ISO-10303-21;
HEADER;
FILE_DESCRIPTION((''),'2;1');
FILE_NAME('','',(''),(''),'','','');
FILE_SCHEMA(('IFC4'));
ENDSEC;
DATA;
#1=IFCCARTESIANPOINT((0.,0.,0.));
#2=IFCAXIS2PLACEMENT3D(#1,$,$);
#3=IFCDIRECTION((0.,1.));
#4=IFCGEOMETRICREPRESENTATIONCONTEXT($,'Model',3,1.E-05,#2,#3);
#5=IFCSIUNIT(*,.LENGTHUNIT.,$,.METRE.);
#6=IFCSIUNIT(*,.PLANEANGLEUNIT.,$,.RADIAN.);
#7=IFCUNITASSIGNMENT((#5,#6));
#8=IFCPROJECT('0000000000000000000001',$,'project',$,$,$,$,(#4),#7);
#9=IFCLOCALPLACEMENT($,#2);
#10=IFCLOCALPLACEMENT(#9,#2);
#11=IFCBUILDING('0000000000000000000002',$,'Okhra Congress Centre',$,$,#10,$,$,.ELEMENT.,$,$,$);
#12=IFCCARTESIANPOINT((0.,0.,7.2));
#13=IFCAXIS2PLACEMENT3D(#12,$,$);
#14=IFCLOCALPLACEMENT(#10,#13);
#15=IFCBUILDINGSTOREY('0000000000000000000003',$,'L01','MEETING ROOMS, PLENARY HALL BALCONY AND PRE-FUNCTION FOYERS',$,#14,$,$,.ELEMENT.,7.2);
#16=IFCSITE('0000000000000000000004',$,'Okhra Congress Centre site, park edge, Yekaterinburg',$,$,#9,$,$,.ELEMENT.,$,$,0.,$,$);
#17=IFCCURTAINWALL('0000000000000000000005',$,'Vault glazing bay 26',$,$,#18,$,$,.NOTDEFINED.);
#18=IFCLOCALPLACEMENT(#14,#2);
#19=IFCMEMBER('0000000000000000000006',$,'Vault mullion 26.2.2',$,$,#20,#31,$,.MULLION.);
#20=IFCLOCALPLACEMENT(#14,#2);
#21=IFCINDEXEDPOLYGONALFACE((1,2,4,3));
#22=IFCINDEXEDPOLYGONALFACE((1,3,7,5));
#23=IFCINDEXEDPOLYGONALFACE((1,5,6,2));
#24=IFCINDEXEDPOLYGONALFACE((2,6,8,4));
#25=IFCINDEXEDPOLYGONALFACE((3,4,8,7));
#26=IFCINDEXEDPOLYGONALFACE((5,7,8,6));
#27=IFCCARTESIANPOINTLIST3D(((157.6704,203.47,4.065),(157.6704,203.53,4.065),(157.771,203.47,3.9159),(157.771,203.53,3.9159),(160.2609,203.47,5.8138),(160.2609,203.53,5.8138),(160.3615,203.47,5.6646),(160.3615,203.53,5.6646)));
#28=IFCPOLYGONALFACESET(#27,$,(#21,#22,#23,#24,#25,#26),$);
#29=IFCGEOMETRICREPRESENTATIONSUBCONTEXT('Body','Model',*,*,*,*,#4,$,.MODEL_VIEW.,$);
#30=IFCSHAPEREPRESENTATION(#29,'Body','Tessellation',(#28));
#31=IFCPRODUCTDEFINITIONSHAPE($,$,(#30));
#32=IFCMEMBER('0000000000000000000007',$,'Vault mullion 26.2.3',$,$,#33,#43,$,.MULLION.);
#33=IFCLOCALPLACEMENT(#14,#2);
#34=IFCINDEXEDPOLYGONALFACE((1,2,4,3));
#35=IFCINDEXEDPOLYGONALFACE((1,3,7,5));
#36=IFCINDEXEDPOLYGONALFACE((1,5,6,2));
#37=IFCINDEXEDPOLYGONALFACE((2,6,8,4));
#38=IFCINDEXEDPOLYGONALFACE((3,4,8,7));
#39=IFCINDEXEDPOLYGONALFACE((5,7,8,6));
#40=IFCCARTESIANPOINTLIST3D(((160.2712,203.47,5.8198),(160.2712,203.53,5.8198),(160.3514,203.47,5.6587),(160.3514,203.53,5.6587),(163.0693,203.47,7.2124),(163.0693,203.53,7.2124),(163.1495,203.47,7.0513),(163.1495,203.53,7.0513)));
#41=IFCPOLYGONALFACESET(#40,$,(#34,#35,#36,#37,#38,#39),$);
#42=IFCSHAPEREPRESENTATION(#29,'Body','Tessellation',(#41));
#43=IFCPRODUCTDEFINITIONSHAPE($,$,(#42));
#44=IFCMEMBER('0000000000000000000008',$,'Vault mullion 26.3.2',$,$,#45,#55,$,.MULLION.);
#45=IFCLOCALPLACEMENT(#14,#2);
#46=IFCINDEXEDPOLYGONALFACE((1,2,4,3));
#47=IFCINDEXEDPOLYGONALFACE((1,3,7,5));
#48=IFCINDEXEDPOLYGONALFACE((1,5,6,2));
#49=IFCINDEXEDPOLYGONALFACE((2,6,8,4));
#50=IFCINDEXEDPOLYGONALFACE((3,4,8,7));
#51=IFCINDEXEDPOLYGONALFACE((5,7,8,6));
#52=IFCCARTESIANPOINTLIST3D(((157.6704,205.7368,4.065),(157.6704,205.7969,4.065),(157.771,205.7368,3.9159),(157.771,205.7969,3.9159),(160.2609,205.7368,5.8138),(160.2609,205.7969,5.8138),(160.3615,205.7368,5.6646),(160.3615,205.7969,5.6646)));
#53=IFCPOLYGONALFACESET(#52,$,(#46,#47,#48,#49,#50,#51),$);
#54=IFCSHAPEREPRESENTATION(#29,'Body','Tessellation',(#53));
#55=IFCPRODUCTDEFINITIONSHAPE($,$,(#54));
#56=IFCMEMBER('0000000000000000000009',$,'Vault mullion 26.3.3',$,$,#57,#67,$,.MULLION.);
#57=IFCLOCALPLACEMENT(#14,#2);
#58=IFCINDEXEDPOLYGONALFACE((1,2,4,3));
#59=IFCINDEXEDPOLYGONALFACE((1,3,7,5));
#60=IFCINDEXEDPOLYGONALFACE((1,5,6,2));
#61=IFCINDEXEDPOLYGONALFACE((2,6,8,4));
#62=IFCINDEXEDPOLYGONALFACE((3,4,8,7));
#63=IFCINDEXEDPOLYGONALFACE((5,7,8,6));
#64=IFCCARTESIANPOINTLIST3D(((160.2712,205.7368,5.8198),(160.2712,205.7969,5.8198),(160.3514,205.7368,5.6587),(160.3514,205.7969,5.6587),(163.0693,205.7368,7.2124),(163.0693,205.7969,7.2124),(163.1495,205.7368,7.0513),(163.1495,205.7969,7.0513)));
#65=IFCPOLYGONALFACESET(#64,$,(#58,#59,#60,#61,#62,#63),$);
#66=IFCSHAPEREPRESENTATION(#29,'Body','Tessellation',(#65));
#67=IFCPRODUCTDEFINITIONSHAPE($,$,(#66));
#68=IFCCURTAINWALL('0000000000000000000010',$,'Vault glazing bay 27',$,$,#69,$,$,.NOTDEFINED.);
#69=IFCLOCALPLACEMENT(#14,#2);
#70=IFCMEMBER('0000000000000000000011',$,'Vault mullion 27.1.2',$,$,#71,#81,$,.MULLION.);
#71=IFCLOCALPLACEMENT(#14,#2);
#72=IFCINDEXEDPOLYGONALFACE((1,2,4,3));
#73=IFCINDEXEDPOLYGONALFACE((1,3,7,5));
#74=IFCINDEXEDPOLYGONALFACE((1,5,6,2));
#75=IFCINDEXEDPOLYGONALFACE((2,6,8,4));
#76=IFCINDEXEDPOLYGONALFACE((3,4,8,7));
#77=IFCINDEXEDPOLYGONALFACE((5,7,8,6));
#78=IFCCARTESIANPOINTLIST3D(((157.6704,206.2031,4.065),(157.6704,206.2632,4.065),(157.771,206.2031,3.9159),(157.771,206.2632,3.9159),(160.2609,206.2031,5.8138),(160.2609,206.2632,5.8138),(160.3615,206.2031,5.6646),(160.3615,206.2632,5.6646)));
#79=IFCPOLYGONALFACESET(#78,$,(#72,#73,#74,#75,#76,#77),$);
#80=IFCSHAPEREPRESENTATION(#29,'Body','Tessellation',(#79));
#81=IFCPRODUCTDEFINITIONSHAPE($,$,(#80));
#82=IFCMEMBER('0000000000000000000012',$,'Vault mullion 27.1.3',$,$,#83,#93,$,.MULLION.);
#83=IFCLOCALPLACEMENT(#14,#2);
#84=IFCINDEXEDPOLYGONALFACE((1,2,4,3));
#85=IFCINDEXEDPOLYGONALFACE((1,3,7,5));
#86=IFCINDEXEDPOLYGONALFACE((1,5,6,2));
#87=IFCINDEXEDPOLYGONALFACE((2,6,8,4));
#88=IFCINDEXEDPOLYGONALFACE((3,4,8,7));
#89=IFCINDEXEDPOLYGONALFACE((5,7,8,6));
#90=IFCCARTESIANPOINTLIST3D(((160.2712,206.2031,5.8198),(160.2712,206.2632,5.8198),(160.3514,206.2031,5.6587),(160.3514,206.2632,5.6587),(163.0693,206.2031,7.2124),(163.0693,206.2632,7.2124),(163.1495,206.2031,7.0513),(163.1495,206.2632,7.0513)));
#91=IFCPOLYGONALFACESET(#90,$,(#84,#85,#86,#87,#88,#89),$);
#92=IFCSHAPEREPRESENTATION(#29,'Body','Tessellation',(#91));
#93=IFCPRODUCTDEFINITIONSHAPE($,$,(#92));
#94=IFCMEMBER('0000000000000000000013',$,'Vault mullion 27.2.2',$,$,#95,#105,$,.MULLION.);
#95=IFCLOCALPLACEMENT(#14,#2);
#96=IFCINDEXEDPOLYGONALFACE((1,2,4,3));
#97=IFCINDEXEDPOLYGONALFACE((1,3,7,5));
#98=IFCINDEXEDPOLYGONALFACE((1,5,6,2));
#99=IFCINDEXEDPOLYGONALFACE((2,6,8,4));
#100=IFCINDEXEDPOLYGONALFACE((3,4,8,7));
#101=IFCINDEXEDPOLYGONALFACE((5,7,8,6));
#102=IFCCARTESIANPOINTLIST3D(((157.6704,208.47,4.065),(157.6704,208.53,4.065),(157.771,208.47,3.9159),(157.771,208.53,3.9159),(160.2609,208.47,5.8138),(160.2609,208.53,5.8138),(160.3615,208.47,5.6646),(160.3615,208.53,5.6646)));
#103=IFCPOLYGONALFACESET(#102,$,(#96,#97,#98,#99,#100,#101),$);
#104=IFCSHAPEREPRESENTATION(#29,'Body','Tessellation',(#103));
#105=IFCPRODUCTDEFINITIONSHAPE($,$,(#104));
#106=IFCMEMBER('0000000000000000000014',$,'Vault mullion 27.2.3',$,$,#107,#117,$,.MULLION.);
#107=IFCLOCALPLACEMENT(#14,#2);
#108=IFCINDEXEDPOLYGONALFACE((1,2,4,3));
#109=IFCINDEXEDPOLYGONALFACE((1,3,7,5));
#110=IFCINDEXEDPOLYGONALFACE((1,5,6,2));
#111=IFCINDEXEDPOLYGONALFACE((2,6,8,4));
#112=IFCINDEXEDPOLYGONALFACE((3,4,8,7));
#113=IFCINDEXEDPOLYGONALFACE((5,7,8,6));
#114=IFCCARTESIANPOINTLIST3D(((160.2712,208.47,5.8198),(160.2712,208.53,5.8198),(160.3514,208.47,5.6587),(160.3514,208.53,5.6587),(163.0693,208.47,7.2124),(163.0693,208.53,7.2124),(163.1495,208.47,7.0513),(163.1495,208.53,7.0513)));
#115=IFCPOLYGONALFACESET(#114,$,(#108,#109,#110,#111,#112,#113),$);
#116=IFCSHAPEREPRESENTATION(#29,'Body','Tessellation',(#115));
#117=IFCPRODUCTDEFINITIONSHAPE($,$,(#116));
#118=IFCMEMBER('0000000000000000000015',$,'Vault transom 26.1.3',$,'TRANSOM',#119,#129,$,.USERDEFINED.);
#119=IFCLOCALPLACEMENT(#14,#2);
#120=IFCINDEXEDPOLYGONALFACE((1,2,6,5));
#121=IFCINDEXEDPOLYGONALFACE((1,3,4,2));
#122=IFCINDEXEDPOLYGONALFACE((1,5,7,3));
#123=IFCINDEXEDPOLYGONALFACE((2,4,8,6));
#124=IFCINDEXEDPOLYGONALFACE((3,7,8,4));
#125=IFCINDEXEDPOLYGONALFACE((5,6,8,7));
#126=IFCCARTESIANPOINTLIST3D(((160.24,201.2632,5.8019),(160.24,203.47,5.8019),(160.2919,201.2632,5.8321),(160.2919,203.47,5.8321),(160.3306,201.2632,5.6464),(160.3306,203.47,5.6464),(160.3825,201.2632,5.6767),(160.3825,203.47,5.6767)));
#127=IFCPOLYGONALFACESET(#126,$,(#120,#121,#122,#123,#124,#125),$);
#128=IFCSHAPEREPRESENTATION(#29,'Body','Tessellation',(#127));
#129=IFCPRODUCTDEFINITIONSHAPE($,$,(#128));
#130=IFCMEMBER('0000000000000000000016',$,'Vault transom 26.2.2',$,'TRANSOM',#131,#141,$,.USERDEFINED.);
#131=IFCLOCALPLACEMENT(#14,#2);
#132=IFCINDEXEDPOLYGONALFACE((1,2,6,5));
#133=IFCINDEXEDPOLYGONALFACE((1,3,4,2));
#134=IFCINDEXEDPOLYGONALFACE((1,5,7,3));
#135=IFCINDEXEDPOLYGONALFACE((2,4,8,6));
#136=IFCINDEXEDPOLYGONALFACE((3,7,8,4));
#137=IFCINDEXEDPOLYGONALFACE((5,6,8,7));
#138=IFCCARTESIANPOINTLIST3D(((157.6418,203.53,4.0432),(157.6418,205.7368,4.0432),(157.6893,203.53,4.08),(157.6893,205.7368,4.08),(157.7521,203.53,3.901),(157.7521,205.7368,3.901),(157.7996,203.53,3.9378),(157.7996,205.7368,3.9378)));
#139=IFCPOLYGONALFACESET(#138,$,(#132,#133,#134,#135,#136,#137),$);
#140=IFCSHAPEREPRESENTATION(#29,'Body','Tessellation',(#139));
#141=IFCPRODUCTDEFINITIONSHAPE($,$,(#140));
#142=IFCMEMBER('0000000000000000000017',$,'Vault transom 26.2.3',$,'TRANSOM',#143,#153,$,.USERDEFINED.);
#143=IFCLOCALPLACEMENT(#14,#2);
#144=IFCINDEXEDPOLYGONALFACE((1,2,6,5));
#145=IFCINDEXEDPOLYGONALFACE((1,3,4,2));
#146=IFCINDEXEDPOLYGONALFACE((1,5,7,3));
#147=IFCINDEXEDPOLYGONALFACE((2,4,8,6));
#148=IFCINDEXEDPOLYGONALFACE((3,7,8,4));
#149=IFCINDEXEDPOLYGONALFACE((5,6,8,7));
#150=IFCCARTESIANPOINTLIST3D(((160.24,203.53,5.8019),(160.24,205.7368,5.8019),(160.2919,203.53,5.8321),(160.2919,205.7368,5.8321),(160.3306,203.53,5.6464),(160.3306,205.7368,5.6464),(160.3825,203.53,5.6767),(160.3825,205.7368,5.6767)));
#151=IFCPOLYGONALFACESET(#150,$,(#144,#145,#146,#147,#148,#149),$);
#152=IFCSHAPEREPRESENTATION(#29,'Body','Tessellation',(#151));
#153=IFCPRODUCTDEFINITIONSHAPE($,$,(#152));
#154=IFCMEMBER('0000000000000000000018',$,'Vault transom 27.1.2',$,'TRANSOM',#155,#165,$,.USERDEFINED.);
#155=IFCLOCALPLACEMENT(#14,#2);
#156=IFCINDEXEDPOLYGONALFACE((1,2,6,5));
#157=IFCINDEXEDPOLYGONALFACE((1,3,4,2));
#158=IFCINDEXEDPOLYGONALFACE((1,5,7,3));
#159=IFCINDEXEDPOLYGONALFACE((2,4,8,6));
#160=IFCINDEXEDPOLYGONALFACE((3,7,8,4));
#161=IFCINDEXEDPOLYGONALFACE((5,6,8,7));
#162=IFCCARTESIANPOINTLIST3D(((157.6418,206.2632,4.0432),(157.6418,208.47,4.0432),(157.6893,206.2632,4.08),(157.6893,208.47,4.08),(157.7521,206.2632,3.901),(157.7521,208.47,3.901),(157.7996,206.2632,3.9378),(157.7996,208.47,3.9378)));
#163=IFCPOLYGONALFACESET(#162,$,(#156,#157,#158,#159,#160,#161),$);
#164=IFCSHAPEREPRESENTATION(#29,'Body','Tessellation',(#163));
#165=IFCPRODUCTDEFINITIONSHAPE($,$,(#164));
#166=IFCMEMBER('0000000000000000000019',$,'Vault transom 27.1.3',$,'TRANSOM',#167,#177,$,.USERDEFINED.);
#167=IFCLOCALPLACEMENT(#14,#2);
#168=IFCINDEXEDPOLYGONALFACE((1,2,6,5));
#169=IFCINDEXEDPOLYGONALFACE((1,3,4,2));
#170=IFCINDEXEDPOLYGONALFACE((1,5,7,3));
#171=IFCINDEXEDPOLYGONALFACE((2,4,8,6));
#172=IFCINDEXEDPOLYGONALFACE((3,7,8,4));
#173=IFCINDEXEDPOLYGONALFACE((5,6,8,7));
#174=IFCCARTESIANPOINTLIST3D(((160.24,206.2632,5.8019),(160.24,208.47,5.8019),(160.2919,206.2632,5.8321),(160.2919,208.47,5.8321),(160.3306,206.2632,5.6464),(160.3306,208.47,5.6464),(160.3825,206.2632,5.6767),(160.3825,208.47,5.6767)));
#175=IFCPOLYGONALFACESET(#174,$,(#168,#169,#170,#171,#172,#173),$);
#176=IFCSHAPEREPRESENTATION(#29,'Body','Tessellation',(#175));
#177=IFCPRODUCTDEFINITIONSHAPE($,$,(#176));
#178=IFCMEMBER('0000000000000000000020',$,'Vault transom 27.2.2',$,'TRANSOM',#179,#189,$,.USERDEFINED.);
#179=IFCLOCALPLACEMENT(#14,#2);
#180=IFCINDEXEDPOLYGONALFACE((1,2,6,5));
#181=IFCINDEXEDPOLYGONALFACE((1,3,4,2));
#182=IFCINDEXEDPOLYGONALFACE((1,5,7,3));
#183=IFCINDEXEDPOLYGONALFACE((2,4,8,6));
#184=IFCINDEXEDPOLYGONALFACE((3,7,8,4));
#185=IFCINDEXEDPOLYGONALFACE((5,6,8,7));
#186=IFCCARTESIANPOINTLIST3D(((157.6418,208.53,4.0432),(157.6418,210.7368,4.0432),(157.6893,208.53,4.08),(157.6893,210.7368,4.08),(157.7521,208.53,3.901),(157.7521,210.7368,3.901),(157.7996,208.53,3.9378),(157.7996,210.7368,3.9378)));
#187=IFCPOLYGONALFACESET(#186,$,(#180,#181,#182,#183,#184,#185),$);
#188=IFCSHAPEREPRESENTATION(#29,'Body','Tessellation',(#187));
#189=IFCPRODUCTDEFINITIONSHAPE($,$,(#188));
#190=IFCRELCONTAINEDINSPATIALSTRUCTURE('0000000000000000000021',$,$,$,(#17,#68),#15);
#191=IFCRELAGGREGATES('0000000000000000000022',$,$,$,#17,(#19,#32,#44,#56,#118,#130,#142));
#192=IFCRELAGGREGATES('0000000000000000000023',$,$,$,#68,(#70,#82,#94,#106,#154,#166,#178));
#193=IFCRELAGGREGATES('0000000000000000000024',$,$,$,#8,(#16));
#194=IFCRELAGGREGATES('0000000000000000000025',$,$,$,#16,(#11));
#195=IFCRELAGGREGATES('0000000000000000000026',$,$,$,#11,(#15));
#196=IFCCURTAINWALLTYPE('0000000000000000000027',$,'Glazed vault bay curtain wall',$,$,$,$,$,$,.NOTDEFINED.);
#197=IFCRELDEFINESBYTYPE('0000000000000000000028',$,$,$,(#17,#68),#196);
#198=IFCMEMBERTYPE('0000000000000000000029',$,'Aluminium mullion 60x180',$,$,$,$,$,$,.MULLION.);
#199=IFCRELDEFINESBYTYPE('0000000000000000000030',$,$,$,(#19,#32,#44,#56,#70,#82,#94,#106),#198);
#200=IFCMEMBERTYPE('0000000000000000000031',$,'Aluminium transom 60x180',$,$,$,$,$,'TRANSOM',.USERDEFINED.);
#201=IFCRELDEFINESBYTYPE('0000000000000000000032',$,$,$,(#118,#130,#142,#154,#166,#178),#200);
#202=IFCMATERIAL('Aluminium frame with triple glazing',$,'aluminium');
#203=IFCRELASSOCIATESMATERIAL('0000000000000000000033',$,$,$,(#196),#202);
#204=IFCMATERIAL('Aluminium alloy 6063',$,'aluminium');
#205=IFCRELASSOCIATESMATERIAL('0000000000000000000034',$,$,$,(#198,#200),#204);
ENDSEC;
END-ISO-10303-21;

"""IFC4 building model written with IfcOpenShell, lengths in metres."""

from ifc_helpers import new_model, si_unit, direction, frame, origin, origin_2d, place, context, subcontext, project, spatial, rectangle, extrude, material, material_profile, profile_set, type_object, element, aggregate, save


model = new_model("IFC4")

# Units and contexts
model_context = context("Model", 3, precision=1e-05, world=origin(), true_north=direction((0.0, 1.0)))
body_context = subcontext(model_context, "Body", "Model", "MODEL_VIEW")
ifc_project = project(units=[si_unit("LENGTHUNIT", "METRE"), si_unit("PLANEANGLEUNIT", "RADIAN")], contexts=[model_context])

# Site, building, storey
site_placement = place(None, origin())
site = spatial("IfcSite", under=ifc_project, at=site_placement, Name="Okhra Congress Centre site, park edge, Yekaterinburg", CompositionType="ELEMENT", RefElevation=0.0)
building_placement = place(site_placement, origin())
building = spatial("IfcBuilding", under=site, at=building_placement, Name="Okhra Congress Centre", CompositionType="ELEMENT")
storey_placement = place(building_placement, frame((0.0, 0.0, 7.2)))
storey = spatial("IfcBuildingStorey", under=building, at=storey_placement, Name="L01", Description="MEETING ROOMS, PLENARY HALL BALCONY AND PRE-FUNCTION FOYERS", CompositionType="ELEMENT", Elevation=7.2)

# Curtain walls, members
ifc_material_1 = material(Name="Aluminium frame with triple glazing", Category="aluminium")
curtain_wall_type = type_object("IfcCurtainWallType", Name="Glazed vault bay curtain wall", PredefinedType="NOTDEFINED", material=ifc_material_1)
curtain_wall_1_placement = place(storey_placement, origin())
curtain_wall_1 = element("IfcCurtainWall", 1, at=curtain_wall_1_placement, inside=storey, type_object=curtain_wall_type, Name="Vault glazing bay 26", PredefinedType="NOTDEFINED")
ifc_material_2 = material(Name="Aluminium alloy 6063", Category="aluminium")
ifc_material_profile_1 = material_profile(ifc_material_2, rectangle(XDim=0.0601, YDim=0.1799, at=origin_2d()), Name="AL 60x180")
ifc_profile_set_1 = profile_set([ifc_material_profile_1], Name="Aluminium alloy 6063")
member_type_1 = type_object("IfcMemberType", Name="Aluminium mullion 60x180", PredefinedType="MULLION", material=ifc_profile_set_1)
member_1_placement = place(storey_placement, frame((157.7207, 203.5, 3.9905), z_axis=(0.828828, 0.0, 0.559504), x_axis=(0.0, 1.0, 0.0)))
member_1 = element("IfcMember", 2, at=member_1_placement, type_object=member_type_1, Name="Vault mullion 26.2.2", PredefinedType="MULLION", context=body_context, shape_type="SweptSolid", body=[
    extrude(rectangle(XDim=0.0601, YDim=0.1799, at=origin_2d()), origin(), (0.0, 0.0, 1.0), 3.1255),
])
member_2_placement = place(storey_placement, frame((160.3113, 203.5, 5.7393), z_axis=(0.895254, 0.0, 0.445557), x_axis=(0.0, 1.0, 0.0)))
member_2 = element("IfcMember", 3, at=member_2_placement, type_object=member_type_1, Name="Vault mullion 26.2.3", PredefinedType="MULLION", context=body_context, shape_type="SweptSolid", body=[
    extrude(rectangle(XDim=0.0601, YDim=0.1799, at=origin_2d()), origin(), (0.0, 0.0, 1.0), 3.1255),
])
member_3_placement = place(storey_placement, frame((157.7207, 205.7668, 3.9905), z_axis=(0.828828, 0.0, 0.559504), x_axis=(0.0, 1.0, 0.0)))
member_3 = element("IfcMember", 4, at=member_3_placement, type_object=member_type_1, Name="Vault mullion 26.3.2", PredefinedType="MULLION", context=body_context, shape_type="SweptSolid", body=[
    extrude(rectangle(XDim=0.0601, YDim=0.1799, at=origin_2d()), origin(), (0.0, 0.0, 1.0), 3.1255),
])
member_4_placement = place(storey_placement, frame((160.3113, 205.7668, 5.7393), z_axis=(0.895254, 0.0, 0.445557), x_axis=(0.0, 1.0, 0.0)))
member_4 = element("IfcMember", 5, at=member_4_placement, type_object=member_type_1, Name="Vault mullion 26.3.3", PredefinedType="MULLION", context=body_context, shape_type="SweptSolid", body=[
    extrude(rectangle(XDim=0.0601, YDim=0.1799, at=origin_2d()), origin(), (0.0, 0.0, 1.0), 3.1255),
])
curtain_wall_2_placement = place(storey_placement, origin())
curtain_wall_2 = element("IfcCurtainWall", 6, at=curtain_wall_2_placement, inside=storey, type_object=curtain_wall_type, Name="Vault glazing bay 27", PredefinedType="NOTDEFINED")
member_5_placement = place(storey_placement, frame((157.7207, 206.2332, 3.9905), z_axis=(0.828828, 0.0, 0.559504), x_axis=(0.0, 1.0, 0.0)))
member_5 = element("IfcMember", 7, at=member_5_placement, type_object=member_type_1, Name="Vault mullion 27.1.2", PredefinedType="MULLION", context=body_context, shape_type="SweptSolid", body=[
    extrude(rectangle(XDim=0.0601, YDim=0.1799, at=origin_2d()), origin(), (0.0, 0.0, 1.0), 3.1255),
])
member_6_placement = place(storey_placement, frame((160.3113, 206.2332, 5.7393), z_axis=(0.895254, 0.0, 0.445557), x_axis=(0.0, 1.0, 0.0)))
member_6 = element("IfcMember", 8, at=member_6_placement, type_object=member_type_1, Name="Vault mullion 27.1.3", PredefinedType="MULLION", context=body_context, shape_type="SweptSolid", body=[
    extrude(rectangle(XDim=0.0601, YDim=0.1799, at=origin_2d()), origin(), (0.0, 0.0, 1.0), 3.1255),
])
member_7_placement = place(storey_placement, frame((157.7207, 208.5, 3.9905), z_axis=(0.828828, 0.0, 0.559504), x_axis=(0.0, 1.0, 0.0)))
member_7 = element("IfcMember", 9, at=member_7_placement, type_object=member_type_1, Name="Vault mullion 27.2.2", PredefinedType="MULLION", context=body_context, shape_type="SweptSolid", body=[
    extrude(rectangle(XDim=0.0601, YDim=0.1799, at=origin_2d()), origin(), (0.0, 0.0, 1.0), 3.1255),
])
member_8_placement = place(storey_placement, frame((160.3113, 208.5, 5.7393), z_axis=(0.895254, 0.0, 0.445557), x_axis=(0.0, 1.0, 0.0)))
member_8 = element("IfcMember", 10, at=member_8_placement, type_object=member_type_1, Name="Vault mullion 27.2.3", PredefinedType="MULLION", context=body_context, shape_type="SweptSolid", body=[
    extrude(rectangle(XDim=0.0601, YDim=0.1799, at=origin_2d()), origin(), (0.0, 0.0, 1.0), 3.1255),
])

# Members
ifc_material_profile_2 = material_profile(ifc_material_2, rectangle(XDim=0.0601, YDim=0.1799, at=origin_2d()), Name="AL 60x180 transom")
ifc_profile_set_2 = profile_set([ifc_material_profile_2], Name="Aluminium alloy 6063")
member_type_2 = type_object("IfcMemberType", Name="Aluminium transom 60x180", ElementType="TRANSOM", PredefinedType="USERDEFINED", material=ifc_profile_set_2)
member_9_placement = place(storey_placement, frame((160.3113, 201.2632, 5.7393), z_axis=(0.0, 1.0, 0.0), x_axis=(-0.863917, 0.0, -0.503634)))
member_9 = element("IfcMember", 11, at=member_9_placement, type_object=member_type_2, Name="Vault transom 26.1.3", ObjectType="TRANSOM", PredefinedType="USERDEFINED", context=body_context, shape_type="SweptSolid", body=[
    extrude(rectangle(XDim=0.0601, YDim=0.1799, at=origin_2d()), origin(), (0.0, 0.0, 1.0), 2.2068),
])
member_10_placement = place(storey_placement, frame((157.7207, 203.53, 3.9905), z_axis=(0.0, 1.0, 0.0), x_axis=(-0.790145, 0.0, -0.61292)))
member_10 = element("IfcMember", 12, at=member_10_placement, type_object=member_type_2, Name="Vault transom 26.2.2", ObjectType="TRANSOM", PredefinedType="USERDEFINED", context=body_context, shape_type="SweptSolid", body=[
    extrude(rectangle(XDim=0.0601, YDim=0.1799, at=origin_2d()), origin(), (0.0, 0.0, 1.0), 2.2068),
])
member_11_placement = place(storey_placement, frame((160.3113, 203.53, 5.7393), z_axis=(0.0, 1.0, 0.0), x_axis=(-0.863917, 0.0, -0.503634)))
member_11 = element("IfcMember", 13, at=member_11_placement, type_object=member_type_2, Name="Vault transom 26.2.3", ObjectType="TRANSOM", PredefinedType="USERDEFINED", context=body_context, shape_type="SweptSolid", body=[
    extrude(rectangle(XDim=0.0601, YDim=0.1799, at=origin_2d()), origin(), (0.0, 0.0, 1.0), 2.2068),
])
member_12_placement = place(storey_placement, frame((157.7207, 206.2632, 3.9905), z_axis=(0.0, 1.0, 0.0), x_axis=(-0.790145, 0.0, -0.61292)))
member_12 = element("IfcMember", 14, at=member_12_placement, type_object=member_type_2, Name="Vault transom 27.1.2", ObjectType="TRANSOM", PredefinedType="USERDEFINED", context=body_context, shape_type="SweptSolid", body=[
    extrude(rectangle(XDim=0.0601, YDim=0.1799, at=origin_2d()), origin(), (0.0, 0.0, 1.0), 2.2068),
])
member_13_placement = place(storey_placement, frame((160.3113, 206.2632, 5.7393), z_axis=(0.0, 1.0, 0.0), x_axis=(-0.863917, 0.0, -0.503634)))
member_13 = element("IfcMember", 15, at=member_13_placement, type_object=member_type_2, Name="Vault transom 27.1.3", ObjectType="TRANSOM", PredefinedType="USERDEFINED", context=body_context, shape_type="SweptSolid", body=[
    extrude(rectangle(XDim=0.0601, YDim=0.1799, at=origin_2d()), origin(), (0.0, 0.0, 1.0), 2.2068),
])
member_14_placement = place(storey_placement, frame((157.7207, 208.53, 3.9905), z_axis=(0.0, 1.0, 0.0), x_axis=(-0.790145, 0.0, -0.61292)))
member_14 = element("IfcMember", 16, at=member_14_placement, type_object=member_type_2, Name="Vault transom 27.2.2", ObjectType="TRANSOM", PredefinedType="USERDEFINED", context=body_context, shape_type="SweptSolid", body=[
    extrude(rectangle(XDim=0.0601, YDim=0.1799, at=origin_2d()), origin(), (0.0, 0.0, 1.0), 2.2068),
])

aggregate(curtain_wall_1, [member_1, member_2, member_3, member_4, member_9, member_10, member_11])
aggregate(curtain_wall_2, [member_5, member_6, member_7, member_8, member_12, member_13, member_14])

save(model, "model.ifc")
